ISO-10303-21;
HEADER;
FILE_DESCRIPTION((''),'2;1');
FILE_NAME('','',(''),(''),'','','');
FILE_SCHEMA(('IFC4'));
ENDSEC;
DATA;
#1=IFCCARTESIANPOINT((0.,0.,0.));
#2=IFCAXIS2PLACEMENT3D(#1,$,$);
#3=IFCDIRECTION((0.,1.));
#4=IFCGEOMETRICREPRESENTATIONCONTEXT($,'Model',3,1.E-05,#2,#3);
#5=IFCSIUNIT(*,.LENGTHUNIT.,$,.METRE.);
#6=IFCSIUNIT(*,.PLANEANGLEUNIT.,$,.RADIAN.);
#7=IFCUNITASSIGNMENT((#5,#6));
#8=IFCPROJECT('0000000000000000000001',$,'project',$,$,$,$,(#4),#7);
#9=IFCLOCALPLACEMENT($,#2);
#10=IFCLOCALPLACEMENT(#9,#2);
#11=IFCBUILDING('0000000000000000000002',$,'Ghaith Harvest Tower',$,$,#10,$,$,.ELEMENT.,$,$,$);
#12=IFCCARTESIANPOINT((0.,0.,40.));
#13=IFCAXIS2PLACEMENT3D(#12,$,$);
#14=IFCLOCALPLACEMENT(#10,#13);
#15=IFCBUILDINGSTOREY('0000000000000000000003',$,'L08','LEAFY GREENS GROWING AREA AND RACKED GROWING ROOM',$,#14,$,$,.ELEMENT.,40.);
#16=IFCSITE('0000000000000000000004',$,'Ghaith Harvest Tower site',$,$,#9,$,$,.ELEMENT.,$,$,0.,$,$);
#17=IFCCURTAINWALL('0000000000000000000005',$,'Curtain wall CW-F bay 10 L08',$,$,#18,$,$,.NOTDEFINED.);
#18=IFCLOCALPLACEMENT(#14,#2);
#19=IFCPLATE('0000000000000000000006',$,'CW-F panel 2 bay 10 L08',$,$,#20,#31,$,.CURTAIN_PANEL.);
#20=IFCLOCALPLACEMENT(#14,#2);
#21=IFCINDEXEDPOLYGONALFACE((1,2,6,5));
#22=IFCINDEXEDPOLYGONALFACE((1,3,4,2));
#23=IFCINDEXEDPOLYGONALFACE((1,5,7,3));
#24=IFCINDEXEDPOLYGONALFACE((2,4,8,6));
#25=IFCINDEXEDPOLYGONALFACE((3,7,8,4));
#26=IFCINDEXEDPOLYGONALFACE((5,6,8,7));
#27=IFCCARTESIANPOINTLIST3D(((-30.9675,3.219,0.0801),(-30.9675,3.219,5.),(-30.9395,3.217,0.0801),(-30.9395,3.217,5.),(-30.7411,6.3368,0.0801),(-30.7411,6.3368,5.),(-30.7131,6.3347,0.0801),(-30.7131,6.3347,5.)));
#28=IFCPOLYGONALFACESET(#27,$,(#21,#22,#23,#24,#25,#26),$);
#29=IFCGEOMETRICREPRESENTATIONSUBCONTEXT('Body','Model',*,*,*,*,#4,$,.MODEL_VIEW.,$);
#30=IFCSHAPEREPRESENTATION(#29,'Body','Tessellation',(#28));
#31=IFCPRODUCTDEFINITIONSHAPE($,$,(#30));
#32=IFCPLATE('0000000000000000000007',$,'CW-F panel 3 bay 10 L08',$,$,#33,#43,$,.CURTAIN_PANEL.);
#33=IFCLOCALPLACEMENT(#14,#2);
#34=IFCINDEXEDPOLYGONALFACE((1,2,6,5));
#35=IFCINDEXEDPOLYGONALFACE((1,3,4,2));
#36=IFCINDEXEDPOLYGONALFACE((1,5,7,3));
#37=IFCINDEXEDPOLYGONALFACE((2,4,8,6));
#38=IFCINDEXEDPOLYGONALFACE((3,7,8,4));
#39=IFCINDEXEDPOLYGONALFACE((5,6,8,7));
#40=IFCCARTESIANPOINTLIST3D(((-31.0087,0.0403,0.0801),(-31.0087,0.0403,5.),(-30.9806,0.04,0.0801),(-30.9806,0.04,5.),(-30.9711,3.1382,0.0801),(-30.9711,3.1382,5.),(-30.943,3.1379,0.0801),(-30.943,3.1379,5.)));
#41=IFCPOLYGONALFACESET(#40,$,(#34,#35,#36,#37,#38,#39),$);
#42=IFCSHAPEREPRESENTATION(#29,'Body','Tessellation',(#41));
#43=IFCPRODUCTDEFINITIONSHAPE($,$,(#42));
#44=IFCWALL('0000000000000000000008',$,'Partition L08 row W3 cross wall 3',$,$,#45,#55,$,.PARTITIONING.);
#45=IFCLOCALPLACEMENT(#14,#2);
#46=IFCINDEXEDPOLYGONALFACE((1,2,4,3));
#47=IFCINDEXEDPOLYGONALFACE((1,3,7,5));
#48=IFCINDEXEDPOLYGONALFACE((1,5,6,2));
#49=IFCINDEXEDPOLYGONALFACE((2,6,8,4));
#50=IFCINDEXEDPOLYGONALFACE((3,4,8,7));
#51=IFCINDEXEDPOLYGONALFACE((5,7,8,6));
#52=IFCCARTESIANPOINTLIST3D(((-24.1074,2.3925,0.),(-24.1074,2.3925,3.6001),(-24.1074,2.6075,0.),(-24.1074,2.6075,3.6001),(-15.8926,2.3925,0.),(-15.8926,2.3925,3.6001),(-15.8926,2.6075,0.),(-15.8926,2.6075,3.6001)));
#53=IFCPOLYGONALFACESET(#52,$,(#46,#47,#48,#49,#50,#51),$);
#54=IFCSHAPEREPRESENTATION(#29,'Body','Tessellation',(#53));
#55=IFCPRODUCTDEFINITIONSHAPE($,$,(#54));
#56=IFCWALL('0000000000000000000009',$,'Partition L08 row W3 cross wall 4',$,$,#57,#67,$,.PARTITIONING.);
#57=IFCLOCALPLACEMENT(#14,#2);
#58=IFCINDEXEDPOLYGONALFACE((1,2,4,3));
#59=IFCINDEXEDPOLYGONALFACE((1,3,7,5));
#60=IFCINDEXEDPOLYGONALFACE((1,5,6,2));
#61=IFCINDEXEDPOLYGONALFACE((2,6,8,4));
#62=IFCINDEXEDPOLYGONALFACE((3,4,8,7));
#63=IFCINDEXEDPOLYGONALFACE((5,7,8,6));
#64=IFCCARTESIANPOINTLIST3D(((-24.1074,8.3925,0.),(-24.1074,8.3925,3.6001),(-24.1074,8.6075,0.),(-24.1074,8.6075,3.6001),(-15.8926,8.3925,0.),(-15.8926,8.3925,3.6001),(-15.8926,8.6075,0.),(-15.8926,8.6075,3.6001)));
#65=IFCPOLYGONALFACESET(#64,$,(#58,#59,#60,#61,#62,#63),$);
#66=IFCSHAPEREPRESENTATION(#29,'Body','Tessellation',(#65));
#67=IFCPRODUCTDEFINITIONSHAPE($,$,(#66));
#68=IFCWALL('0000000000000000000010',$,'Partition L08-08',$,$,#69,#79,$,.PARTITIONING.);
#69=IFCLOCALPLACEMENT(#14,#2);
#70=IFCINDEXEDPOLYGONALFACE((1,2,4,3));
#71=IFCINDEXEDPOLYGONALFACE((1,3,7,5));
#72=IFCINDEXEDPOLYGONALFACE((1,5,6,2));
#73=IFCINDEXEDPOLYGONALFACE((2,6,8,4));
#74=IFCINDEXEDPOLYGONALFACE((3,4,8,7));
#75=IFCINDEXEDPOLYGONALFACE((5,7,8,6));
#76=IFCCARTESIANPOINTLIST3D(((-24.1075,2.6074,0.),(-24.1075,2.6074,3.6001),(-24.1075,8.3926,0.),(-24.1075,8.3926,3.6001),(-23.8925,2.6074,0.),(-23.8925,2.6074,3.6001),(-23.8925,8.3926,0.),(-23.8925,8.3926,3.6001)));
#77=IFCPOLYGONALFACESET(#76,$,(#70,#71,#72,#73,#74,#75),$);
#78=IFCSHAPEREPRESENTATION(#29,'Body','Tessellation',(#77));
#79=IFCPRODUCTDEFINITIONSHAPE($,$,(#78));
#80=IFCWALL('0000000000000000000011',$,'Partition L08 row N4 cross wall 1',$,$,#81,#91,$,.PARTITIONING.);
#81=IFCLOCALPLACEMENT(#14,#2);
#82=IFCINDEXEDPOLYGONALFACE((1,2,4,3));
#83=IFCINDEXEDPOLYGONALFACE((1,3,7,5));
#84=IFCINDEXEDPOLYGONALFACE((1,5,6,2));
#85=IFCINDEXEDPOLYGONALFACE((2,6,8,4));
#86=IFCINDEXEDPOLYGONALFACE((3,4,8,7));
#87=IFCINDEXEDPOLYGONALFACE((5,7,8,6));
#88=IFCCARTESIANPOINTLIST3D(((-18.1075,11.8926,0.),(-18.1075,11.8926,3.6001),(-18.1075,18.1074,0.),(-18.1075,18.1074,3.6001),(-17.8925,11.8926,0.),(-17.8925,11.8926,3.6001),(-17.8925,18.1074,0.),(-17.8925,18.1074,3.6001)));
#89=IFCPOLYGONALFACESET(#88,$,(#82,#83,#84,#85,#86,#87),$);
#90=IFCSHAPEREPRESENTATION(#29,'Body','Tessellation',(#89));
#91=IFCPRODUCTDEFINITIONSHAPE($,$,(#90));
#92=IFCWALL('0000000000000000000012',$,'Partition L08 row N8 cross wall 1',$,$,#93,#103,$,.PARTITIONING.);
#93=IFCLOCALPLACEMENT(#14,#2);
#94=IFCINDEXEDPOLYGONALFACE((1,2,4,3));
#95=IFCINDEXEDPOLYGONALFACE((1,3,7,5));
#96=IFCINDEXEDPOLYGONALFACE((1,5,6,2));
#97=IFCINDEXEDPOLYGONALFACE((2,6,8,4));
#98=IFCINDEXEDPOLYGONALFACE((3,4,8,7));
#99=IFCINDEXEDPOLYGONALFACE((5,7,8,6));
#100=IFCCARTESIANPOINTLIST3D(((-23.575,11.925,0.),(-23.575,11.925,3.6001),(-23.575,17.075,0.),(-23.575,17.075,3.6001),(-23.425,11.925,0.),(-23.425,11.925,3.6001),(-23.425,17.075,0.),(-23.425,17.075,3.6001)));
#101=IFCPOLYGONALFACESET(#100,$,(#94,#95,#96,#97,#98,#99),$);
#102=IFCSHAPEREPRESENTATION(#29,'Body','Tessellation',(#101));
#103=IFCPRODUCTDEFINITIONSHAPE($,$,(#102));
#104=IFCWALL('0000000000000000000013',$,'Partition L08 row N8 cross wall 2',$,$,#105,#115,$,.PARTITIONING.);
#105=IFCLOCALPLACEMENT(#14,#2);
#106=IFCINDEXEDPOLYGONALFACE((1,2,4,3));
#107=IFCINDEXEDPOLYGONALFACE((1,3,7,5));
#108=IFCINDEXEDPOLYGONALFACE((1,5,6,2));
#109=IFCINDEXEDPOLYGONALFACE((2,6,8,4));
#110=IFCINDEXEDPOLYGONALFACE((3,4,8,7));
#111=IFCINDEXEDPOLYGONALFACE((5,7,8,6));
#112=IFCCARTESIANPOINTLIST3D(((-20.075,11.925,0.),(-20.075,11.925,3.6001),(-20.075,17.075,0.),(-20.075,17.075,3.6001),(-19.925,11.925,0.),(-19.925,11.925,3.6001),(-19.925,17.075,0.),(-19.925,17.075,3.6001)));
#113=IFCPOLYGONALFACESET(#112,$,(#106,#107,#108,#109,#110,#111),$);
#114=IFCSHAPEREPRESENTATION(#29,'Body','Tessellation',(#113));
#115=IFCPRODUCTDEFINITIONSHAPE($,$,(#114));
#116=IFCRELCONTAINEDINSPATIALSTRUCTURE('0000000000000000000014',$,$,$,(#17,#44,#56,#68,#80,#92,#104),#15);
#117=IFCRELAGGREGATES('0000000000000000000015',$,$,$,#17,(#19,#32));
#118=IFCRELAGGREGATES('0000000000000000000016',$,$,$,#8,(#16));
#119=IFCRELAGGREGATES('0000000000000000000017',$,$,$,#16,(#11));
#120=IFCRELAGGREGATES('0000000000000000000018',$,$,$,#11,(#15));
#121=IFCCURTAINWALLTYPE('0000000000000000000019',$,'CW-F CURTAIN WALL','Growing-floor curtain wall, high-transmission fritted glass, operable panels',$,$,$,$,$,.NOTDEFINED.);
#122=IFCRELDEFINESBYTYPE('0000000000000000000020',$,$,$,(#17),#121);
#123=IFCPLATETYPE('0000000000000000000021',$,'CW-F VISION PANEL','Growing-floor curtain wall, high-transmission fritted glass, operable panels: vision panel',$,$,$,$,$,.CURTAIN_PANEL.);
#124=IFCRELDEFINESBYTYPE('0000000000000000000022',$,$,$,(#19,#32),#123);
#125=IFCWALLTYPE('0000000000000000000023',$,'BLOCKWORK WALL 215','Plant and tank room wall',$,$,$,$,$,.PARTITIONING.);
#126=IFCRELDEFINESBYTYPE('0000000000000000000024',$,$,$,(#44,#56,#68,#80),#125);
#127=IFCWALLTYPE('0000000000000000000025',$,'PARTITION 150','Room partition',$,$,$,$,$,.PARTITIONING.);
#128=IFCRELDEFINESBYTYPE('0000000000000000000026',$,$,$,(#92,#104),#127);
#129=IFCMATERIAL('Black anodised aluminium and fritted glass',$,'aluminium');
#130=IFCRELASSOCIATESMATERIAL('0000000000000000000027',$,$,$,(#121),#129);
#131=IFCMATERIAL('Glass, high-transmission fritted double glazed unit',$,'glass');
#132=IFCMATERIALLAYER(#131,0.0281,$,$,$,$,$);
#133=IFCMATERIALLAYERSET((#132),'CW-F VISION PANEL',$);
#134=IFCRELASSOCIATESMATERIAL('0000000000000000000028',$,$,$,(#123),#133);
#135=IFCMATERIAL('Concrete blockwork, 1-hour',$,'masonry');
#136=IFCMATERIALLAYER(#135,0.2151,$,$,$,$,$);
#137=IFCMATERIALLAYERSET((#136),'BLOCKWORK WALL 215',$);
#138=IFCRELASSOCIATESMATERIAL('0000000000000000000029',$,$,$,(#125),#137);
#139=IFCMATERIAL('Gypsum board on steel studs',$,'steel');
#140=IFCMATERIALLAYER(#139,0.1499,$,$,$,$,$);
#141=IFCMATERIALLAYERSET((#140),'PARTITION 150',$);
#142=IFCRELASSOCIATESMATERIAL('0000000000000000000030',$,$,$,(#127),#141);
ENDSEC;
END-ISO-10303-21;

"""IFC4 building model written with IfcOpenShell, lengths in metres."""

from ifc_helpers import new_model, si_unit, direction, frame, frame_2d, origin, origin_2d, place, context, subcontext, project, spatial, rectangle, extrude, material, layer, layer_set, type_object, element, aggregate, save


model = new_model("IFC4")

# Units and contexts
model_context = context("Model", 3, precision=1e-05, world=origin(), true_north=direction((0.0, 1.0)))
body_context = subcontext(model_context, "Body", "Model", "MODEL_VIEW")
ifc_project = project(units=[si_unit("LENGTHUNIT", "METRE"), si_unit("PLANEANGLEUNIT", "RADIAN")], contexts=[model_context])

# Site, building, storey
site_placement = place(None, origin())
site = spatial("IfcSite", under=ifc_project, at=site_placement, Name="Ghaith Harvest Tower site", CompositionType="ELEMENT", RefElevation=0.0)
building_placement = place(site_placement, origin())
building = spatial("IfcBuilding", under=site, at=building_placement, Name="Ghaith Harvest Tower", CompositionType="ELEMENT")
storey_placement = place(building_placement, frame((0.0, 0.0, 40.0)))
storey = spatial("IfcBuildingStorey", under=building, at=storey_placement, Name="L08", Description="LEAFY GREENS GROWING AREA AND RACKED GROWING ROOM", CompositionType="ELEMENT", Elevation=40.0)

# Curtain wall
ifc_material_1 = material(Name="Black anodised aluminium and fritted glass", Category="aluminium")
curtain_wall_type = type_object("IfcCurtainWallType", Name="CW-F CURTAIN WALL", Description="Growing-floor curtain wall, high-transmission fritted glass, operable panels", PredefinedType="NOTDEFINED", material=ifc_material_1)
curtain_wall_1_placement = place(storey_placement, origin())
curtain_wall_1 = element("IfcCurtainWall", 1, at=curtain_wall_1_placement, inside=storey, type_object=curtain_wall_type, Name="Curtain wall CW-F bay 10 L08", PredefinedType="NOTDEFINED")

# Shared definitions
ifc_material_2 = material(Name="Glass, high-transmission fritted double glazed unit", Category="glass")
ifc_layer_1 = layer(ifc_material_2, 0.0281)
ifc_layer_set_1 = layer_set([ifc_layer_1], Name="CW-F VISION PANEL")
plate_type = type_object("IfcPlateType", Name="CW-F VISION PANEL", Description="Growing-floor curtain wall, high-transmission fritted glass, operable panels: vision panel", PredefinedType="CURTAIN_PANEL", material=ifc_layer_set_1)

# Plates
plate_1_placement = place(storey_placement, frame((-30.8403, 4.7769, 0.0801), z_axis=(0.0, 0.0, 1.0), x_axis=(-0.072421, -0.997374, 0.0)))
plate_1 = element("IfcPlate", 2, at=plate_1_placement, type_object=plate_type, Name="CW-F panel 2 bay 10 L08", PredefinedType="CURTAIN_PANEL", context=body_context, shape_type="SweptSolid", body=[
    extrude(rectangle(XDim=3.126, YDim=0.0281, at=origin_2d()), origin(), (0.0, 0.0, 1.0), 4.9199),
])
plate_2_placement = place(storey_placement, frame((-30.9758, 1.5891, 0.0801), z_axis=(0.0, 0.0, 1.0), x_axis=(-0.012133, -0.999926, 0.0)))
plate_2 = element("IfcPlate", 3, at=plate_2_placement, type_object=plate_type, Name="CW-F panel 3 bay 10 L08", PredefinedType="CURTAIN_PANEL", context=body_context, shape_type="SweptSolid", body=[
    extrude(rectangle(XDim=3.0981, YDim=0.0281, at=origin_2d()), origin(), (0.0, 0.0, 1.0), 4.9199),
])
aggregate(curtain_wall_1, [plate_1, plate_2])

# Walls
ifc_material_3 = material(Name="Concrete blockwork, 1-hour", Category="masonry")
ifc_layer_2 = layer(ifc_material_3, 0.2151)
ifc_layer_set_2 = layer_set([ifc_layer_2], Name="BLOCKWORK WALL 215")
wall_type_1 = type_object("IfcWallType", Name="BLOCKWORK WALL 215", Description="Plant and tank room wall", PredefinedType="PARTITIONING", material=ifc_layer_set_2)
for number, where, z_axis, x_axis, name in (
    (4, (-15.8926, 2.5, 0.0), (0.0, 0.0, 1.0), (-1.0, 0.0, 0.0), "Partition L08 row W3 cross wall 3"),
    (5, (-15.8926, 8.5, 0.0), (0.0, 0.0, 1.0), (-1.0, 0.0, 0.0), "Partition L08 row W3 cross wall 4"),
):
    element("IfcWall", number, at=place(storey_placement, frame(where, z_axis=z_axis, x_axis=x_axis)), inside=storey, type_object=wall_type_1, Name=name, PredefinedType="PARTITIONING", context=body_context, shape_type="SweptSolid", body=[
        extrude(rectangle(XDim=8.2148, YDim=0.2151, at=frame_2d((4.1074, 0.0))), origin(), (0.0, 0.0, 1.0), 3.6001),
    ])

# Walls
wall_1_placement = place(storey_placement, frame((-24.0, 2.6074, 0.0), z_axis=(0.0, 0.0, 1.0), x_axis=(0.0, 1.0, 0.0)))
element("IfcWall", 6, at=wall_1_placement, inside=storey, type_object=wall_type_1, Name="Partition L08-08", PredefinedType="PARTITIONING", context=body_context, shape_type="SweptSolid", body=[
    extrude(rectangle(XDim=5.7852, YDim=0.2151, at=frame_2d((2.8926, 0.0))), origin(), (0.0, 0.0, 1.0), 3.6001),
])
wall_2_placement = place(storey_placement, frame((-18.0, 11.8926, 0.0), z_axis=(0.0, 0.0, 1.0), x_axis=(0.0, 1.0, 0.0)))
element("IfcWall", 7, at=wall_2_placement, inside=storey, type_object=wall_type_1, Name="Partition L08 row N4 cross wall 1", PredefinedType="PARTITIONING", context=body_context, shape_type="SweptSolid", body=[
    extrude(rectangle(XDim=6.2148, YDim=0.2151, at=frame_2d((3.1074, 0.0))), origin(), (0.0, 0.0, 1.0), 3.6001),
])

# Walls
ifc_material_4 = material(Name="Gypsum board on steel studs", Category="steel")
ifc_layer_3 = layer(ifc_material_4, 0.1499)
ifc_layer_set_3 = layer_set([ifc_layer_3], Name="PARTITION 150")
wall_type_2 = type_object("IfcWallType", Name="PARTITION 150", Description="Room partition", PredefinedType="PARTITIONING", material=ifc_layer_set_3)
for number, where, z_axis, x_axis, name in (
    (8, (-23.5, 11.925, 0.0), (0.0, 0.0, 1.0), (0.0, 1.0, 0.0), "Partition L08 row N8 cross wall 1"),
    (9, (-20.0, 11.925, 0.0), (0.0, 0.0, 1.0), (0.0, 1.0, 0.0), "Partition L08 row N8 cross wall 2"),
):
    element("IfcWall", number, at=place(storey_placement, frame(where, z_axis=z_axis, x_axis=x_axis)), inside=storey, type_object=wall_type_2, Name=name, PredefinedType="PARTITIONING", context=body_context, shape_type="SweptSolid", body=[
        extrude(rectangle(XDim=5.1499, YDim=0.1499, at=frame_2d((2.575, 0.0))), origin(), (0.0, 0.0, 1.0), 3.6001),
    ])

save(model, "model.ifc")
